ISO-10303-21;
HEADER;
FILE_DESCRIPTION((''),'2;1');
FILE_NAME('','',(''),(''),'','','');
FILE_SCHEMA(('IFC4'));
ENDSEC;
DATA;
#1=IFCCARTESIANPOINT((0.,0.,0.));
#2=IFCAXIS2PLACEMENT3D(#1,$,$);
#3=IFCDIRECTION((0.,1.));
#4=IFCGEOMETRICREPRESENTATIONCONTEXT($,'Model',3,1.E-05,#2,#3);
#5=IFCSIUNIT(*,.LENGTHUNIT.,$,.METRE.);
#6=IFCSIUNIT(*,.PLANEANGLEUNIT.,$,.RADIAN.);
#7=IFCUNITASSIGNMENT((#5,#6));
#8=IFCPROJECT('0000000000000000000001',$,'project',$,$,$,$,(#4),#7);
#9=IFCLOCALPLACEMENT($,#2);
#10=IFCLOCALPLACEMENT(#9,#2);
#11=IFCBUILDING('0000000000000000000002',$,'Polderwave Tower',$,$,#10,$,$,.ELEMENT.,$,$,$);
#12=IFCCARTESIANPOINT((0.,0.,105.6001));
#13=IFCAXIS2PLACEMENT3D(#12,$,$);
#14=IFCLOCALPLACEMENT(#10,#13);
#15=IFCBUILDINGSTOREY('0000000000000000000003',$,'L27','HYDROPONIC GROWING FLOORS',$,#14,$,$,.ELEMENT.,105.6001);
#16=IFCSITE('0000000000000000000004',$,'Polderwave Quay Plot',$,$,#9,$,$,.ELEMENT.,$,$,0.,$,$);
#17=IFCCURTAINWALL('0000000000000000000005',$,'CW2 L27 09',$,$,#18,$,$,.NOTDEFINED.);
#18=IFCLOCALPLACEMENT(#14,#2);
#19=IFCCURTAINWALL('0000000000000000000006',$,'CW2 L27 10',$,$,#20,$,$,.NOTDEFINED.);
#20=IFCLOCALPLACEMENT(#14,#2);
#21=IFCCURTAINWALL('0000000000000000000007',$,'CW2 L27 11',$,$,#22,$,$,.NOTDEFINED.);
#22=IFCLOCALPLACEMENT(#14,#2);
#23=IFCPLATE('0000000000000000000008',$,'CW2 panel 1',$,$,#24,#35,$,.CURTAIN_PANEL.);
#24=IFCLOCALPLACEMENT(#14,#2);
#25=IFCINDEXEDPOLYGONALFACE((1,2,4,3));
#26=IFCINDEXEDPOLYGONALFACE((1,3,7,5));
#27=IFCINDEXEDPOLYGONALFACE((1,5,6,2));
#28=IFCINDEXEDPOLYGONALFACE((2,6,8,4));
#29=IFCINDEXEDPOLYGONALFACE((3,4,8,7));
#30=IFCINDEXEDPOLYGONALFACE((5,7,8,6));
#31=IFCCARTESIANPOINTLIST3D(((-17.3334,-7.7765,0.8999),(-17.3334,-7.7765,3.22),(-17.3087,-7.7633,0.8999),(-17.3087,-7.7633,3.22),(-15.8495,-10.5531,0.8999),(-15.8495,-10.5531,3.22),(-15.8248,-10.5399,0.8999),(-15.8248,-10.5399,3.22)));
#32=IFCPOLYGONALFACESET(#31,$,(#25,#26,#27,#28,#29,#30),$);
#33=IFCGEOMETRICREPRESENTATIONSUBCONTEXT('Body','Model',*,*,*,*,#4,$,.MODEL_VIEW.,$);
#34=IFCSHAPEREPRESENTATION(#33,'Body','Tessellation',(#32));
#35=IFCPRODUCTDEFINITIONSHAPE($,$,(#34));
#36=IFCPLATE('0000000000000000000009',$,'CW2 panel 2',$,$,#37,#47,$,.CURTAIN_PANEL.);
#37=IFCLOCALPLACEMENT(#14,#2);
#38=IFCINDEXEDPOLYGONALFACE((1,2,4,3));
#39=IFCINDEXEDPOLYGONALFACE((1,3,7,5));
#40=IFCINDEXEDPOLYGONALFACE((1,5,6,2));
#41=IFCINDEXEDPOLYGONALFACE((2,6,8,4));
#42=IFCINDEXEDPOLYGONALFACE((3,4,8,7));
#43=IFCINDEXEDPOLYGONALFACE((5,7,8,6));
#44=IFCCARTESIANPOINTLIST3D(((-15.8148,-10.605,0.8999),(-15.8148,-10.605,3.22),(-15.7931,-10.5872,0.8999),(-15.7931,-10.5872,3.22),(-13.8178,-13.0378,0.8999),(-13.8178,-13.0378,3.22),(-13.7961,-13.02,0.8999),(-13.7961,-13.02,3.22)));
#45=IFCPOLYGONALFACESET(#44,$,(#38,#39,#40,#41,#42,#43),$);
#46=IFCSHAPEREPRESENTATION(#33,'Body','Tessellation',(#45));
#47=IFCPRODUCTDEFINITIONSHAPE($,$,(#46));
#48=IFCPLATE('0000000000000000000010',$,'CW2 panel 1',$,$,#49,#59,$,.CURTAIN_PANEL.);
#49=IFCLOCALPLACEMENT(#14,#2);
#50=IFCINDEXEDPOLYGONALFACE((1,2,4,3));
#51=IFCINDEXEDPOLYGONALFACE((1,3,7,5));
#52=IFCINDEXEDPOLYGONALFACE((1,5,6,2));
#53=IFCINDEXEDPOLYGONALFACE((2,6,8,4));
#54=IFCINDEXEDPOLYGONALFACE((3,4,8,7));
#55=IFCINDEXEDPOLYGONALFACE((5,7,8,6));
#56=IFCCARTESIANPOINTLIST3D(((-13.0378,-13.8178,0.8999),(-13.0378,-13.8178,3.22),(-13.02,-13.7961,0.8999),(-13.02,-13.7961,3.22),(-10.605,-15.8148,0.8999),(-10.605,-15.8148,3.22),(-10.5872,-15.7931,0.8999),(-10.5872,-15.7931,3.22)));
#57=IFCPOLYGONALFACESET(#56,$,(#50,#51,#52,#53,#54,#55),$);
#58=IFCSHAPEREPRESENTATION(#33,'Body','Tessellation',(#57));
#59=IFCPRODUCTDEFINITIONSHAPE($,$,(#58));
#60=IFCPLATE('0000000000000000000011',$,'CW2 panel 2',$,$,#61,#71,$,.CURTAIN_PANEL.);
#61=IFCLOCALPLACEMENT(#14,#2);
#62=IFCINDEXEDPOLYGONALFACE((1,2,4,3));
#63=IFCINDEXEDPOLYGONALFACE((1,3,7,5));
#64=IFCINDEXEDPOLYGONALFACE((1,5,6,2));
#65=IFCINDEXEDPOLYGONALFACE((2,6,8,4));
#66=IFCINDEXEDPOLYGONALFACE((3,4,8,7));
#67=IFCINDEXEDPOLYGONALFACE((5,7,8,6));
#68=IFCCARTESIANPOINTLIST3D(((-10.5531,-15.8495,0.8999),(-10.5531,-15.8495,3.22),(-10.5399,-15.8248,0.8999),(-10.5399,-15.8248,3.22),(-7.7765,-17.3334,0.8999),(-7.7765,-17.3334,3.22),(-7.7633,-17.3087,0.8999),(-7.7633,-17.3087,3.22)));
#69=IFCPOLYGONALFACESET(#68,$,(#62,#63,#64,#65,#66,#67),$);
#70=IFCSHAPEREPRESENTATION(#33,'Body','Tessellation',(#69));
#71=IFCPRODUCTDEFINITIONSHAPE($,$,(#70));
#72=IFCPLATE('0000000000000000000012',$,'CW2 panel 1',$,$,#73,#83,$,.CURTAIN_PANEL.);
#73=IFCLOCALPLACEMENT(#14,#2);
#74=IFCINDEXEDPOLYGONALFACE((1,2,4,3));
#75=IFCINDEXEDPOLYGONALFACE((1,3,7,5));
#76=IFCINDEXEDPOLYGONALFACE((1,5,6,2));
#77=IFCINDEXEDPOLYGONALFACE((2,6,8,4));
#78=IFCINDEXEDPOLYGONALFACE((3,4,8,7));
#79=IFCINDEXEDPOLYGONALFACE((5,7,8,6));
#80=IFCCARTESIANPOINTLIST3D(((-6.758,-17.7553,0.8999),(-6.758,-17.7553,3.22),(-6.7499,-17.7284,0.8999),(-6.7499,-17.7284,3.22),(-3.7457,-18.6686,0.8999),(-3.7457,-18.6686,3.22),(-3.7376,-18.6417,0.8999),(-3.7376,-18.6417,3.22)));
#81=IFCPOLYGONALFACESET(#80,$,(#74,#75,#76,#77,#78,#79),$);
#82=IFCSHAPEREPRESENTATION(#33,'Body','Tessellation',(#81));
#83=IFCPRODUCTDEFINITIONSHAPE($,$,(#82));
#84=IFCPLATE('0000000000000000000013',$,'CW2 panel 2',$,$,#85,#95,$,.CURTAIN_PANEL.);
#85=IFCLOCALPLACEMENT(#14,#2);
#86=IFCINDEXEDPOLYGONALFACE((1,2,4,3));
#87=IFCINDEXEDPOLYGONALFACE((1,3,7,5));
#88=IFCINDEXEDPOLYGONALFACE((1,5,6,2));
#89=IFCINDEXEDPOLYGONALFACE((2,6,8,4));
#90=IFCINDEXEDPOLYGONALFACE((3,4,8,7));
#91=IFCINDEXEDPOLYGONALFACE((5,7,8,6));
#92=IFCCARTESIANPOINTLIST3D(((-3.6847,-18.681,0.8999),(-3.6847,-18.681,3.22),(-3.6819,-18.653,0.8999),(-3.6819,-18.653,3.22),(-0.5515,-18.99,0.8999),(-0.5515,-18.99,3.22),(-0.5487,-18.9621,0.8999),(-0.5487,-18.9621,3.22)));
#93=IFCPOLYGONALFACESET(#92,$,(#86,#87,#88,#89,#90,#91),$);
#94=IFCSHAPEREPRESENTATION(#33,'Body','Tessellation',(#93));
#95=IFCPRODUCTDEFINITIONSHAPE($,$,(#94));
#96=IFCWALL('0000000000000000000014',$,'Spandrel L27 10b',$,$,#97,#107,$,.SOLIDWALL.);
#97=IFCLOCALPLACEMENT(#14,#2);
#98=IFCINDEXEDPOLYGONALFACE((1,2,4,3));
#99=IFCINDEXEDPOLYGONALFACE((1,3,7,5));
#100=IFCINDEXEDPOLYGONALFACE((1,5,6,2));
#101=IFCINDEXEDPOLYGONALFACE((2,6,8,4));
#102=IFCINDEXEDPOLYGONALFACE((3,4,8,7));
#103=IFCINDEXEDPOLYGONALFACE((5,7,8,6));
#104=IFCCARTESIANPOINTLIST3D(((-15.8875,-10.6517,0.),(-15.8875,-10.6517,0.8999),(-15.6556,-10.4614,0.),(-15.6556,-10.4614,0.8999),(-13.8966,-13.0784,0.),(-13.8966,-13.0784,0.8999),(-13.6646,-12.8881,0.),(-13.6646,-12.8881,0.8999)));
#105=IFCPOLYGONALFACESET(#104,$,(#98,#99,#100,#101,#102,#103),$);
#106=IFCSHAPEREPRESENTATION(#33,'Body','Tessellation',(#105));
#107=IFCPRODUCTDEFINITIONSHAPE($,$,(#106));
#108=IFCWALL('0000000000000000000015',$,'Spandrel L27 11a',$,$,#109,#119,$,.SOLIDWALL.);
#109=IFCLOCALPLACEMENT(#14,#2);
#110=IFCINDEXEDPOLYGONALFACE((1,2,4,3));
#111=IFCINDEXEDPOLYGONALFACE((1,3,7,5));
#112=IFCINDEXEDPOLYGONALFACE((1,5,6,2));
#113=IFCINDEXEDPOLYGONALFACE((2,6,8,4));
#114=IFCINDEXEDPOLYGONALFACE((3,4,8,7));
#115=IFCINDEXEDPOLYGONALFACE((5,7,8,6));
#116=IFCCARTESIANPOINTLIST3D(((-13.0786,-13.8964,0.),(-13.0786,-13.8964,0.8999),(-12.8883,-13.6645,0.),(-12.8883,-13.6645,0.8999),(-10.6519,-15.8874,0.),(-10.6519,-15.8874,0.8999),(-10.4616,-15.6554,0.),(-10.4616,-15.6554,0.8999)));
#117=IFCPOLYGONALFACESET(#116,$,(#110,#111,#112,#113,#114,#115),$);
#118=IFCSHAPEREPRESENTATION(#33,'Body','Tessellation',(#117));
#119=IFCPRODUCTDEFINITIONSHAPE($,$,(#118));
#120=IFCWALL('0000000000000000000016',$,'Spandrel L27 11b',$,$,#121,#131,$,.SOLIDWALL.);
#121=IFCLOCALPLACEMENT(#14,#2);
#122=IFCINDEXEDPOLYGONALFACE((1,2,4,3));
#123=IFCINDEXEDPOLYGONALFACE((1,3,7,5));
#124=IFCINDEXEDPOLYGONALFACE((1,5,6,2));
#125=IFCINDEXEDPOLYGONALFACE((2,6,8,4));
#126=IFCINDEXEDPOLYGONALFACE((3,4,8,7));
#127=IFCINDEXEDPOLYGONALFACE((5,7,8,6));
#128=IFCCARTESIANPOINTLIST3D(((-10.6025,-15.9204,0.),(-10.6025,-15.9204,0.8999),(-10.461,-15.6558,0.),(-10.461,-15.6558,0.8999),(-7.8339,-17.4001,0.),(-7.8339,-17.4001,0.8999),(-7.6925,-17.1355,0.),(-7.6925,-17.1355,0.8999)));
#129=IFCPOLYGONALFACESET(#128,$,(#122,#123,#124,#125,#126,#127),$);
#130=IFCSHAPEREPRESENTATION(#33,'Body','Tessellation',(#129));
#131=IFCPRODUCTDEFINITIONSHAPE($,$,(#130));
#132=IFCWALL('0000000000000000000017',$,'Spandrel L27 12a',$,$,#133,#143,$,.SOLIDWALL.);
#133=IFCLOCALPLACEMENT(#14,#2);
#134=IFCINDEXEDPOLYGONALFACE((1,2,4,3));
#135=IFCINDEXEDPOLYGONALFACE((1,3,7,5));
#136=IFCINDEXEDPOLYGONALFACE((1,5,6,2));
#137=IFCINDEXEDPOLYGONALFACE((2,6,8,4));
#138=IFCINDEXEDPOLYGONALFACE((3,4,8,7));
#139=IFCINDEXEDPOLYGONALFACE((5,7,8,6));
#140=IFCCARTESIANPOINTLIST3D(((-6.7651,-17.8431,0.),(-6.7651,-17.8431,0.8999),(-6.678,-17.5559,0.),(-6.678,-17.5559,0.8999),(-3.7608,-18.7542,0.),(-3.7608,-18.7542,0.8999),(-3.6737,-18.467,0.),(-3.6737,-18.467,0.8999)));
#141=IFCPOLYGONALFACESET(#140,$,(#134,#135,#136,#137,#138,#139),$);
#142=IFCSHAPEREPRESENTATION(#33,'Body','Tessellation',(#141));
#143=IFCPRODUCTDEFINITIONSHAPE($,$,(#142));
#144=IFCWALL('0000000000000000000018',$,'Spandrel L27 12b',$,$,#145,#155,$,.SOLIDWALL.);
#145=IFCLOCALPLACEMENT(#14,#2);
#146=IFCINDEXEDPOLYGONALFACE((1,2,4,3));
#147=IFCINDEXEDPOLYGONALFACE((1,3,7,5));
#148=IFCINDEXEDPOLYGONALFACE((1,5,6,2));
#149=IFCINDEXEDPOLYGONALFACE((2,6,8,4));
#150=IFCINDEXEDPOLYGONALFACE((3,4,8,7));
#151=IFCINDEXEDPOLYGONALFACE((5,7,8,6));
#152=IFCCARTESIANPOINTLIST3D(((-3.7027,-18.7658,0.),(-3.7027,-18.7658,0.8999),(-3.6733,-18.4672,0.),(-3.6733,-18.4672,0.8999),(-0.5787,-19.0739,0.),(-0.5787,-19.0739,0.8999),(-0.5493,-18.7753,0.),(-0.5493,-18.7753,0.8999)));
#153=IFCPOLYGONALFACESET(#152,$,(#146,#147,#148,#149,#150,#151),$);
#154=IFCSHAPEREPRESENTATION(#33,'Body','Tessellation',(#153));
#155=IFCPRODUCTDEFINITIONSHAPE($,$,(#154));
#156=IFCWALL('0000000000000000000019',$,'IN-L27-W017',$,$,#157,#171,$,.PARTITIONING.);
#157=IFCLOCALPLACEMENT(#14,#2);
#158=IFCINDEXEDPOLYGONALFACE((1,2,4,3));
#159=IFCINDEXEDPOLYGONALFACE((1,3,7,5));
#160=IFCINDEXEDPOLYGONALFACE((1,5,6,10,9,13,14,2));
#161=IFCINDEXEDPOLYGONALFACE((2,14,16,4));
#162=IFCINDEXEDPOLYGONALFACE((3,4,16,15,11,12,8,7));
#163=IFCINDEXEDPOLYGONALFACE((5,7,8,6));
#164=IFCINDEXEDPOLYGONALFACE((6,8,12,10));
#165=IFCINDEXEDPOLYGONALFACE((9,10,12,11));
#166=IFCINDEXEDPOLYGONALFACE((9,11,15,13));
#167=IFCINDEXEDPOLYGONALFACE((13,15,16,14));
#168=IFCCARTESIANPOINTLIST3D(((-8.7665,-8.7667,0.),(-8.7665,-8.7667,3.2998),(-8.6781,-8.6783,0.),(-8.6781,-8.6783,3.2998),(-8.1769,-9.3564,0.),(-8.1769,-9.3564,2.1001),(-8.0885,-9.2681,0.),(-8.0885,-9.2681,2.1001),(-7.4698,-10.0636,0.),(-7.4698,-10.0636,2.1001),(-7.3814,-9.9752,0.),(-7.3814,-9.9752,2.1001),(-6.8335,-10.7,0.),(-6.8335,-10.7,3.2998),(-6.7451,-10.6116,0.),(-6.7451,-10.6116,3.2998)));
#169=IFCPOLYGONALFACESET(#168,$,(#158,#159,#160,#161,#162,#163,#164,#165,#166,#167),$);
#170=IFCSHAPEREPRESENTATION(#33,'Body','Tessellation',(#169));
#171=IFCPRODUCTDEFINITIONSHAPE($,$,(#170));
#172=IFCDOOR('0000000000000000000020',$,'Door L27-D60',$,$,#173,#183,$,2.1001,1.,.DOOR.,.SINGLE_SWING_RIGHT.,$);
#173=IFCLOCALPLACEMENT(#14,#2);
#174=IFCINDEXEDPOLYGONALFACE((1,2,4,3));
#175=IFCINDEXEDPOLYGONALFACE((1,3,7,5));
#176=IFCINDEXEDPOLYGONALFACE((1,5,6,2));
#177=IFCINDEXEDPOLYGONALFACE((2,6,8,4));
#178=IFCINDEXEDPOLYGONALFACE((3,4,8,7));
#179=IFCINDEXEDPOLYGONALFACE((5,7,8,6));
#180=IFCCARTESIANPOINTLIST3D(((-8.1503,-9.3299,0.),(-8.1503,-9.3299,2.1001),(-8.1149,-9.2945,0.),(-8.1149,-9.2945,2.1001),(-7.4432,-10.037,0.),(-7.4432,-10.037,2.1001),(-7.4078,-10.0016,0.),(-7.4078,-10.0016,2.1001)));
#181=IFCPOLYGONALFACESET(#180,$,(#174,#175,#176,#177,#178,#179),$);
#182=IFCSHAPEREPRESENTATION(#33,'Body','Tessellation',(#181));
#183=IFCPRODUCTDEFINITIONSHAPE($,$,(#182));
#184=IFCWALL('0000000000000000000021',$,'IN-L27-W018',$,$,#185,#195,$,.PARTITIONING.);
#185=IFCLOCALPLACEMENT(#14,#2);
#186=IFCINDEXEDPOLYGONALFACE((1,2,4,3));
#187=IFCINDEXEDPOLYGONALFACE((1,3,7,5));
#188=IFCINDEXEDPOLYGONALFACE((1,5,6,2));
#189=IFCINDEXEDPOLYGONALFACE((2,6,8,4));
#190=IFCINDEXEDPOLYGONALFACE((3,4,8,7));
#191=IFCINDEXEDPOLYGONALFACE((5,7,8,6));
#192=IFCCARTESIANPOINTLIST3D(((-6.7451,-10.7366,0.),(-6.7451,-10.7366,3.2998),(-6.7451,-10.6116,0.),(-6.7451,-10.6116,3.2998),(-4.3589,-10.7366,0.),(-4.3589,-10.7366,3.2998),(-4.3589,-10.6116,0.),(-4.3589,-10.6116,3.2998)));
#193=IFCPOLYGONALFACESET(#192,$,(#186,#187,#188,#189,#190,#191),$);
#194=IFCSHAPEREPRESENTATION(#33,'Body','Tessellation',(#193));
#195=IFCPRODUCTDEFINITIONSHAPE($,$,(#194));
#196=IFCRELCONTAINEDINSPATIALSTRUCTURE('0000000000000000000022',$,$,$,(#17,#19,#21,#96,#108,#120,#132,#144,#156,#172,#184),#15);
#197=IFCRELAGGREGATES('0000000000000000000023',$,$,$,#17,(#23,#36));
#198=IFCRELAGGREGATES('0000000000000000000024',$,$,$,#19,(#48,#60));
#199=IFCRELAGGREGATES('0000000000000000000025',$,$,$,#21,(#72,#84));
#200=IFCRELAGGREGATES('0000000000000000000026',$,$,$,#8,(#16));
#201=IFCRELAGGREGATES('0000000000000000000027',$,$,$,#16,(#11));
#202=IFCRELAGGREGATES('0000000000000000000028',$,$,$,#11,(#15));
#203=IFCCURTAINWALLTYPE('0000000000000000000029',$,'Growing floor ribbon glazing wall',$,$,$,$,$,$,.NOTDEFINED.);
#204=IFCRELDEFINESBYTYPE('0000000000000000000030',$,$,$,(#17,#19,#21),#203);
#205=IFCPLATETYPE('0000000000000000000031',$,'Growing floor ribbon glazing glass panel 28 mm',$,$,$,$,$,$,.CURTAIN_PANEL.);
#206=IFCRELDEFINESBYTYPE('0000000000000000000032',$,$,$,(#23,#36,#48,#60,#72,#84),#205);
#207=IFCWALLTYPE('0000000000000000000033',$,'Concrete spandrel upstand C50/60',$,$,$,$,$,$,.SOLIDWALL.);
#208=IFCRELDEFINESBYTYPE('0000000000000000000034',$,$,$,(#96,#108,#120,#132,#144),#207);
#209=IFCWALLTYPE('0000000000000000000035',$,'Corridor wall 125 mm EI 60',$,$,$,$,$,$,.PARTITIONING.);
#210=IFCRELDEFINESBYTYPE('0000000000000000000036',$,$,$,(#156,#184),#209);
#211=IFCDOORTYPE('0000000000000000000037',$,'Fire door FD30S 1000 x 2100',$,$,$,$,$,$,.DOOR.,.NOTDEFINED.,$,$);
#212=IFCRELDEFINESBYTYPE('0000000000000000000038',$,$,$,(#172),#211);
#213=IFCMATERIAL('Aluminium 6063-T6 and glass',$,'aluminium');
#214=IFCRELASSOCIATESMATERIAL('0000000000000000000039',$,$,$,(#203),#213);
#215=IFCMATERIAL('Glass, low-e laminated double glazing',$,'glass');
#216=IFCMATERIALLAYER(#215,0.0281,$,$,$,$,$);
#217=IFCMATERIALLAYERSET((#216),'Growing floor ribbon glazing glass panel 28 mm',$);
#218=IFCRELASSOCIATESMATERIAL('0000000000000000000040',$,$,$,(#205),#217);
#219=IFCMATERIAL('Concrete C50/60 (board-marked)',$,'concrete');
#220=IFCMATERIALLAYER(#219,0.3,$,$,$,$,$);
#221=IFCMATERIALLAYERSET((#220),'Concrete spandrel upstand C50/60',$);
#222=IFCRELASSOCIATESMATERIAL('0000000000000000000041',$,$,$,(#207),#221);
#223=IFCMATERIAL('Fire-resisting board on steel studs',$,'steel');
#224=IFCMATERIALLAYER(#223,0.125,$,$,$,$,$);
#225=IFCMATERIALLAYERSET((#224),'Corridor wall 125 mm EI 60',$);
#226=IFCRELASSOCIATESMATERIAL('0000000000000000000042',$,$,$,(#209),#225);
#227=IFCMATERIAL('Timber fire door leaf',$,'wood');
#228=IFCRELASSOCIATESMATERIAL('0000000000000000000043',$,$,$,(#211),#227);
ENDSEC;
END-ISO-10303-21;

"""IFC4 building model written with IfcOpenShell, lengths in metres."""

from ifc_helpers import new_model, si_unit, direction, frame, frame_2d, origin, origin_2d, place, context, subcontext, project, spatial, rectangle, extrude, material, layer, layer_set, type_object, element, fill, aggregate, save


model = new_model("IFC4")

# Units and contexts
model_context = context("Model", 3, precision=1e-05, world=origin(), true_north=direction((0.0, 1.0)))
body_context = subcontext(model_context, "Body", "Model", "MODEL_VIEW")
ifc_project = project(units=[si_unit("LENGTHUNIT", "METRE"), si_unit("PLANEANGLEUNIT", "RADIAN")], contexts=[model_context])

# Site, building, storey
site_placement = place(None, origin())
site = spatial("IfcSite", under=ifc_project, at=site_placement, Name="Polderwave Quay Plot", CompositionType="ELEMENT", RefElevation=0.0)
building_placement = place(site_placement, origin())
building = spatial("IfcBuilding", under=site, at=building_placement, Name="Polderwave Tower", CompositionType="ELEMENT")
storey_placement = place(building_placement, frame((0.0, 0.0, 105.6001)))
storey = spatial("IfcBuildingStorey", under=building, at=storey_placement, Name="L27", Description="HYDROPONIC GROWING FLOORS", CompositionType="ELEMENT", Elevation=105.6001)

# Curtain walls
ifc_material_1 = material(Name="Aluminium 6063-T6 and glass", Category="aluminium")
curtain_wall_type = type_object("IfcCurtainWallType", Name="Growing floor ribbon glazing wall", PredefinedType="NOTDEFINED", material=ifc_material_1)
curtain_wall_1_placement = place(storey_placement, origin())
curtain_wall_1 = element("IfcCurtainWall", 1, at=curtain_wall_1_placement, inside=storey, type_object=curtain_wall_type, Name="CW2 L27 09", PredefinedType="NOTDEFINED")
curtain_wall_2_placement = place(storey_placement, origin())
curtain_wall_2 = element("IfcCurtainWall", 2, at=curtain_wall_2_placement, inside=storey, type_object=curtain_wall_type, Name="CW2 L27 10", PredefinedType="NOTDEFINED")
curtain_wall_3_placement = place(storey_placement, origin())
curtain_wall_3 = element("IfcCurtainWall", 3, at=curtain_wall_3_placement, inside=storey, type_object=curtain_wall_type, Name="CW2 L27 11", PredefinedType="NOTDEFINED")

# Plates
ifc_material_2 = material(Name="Glass, low-e laminated double glazing", Category="glass")
ifc_layer_1 = layer(ifc_material_2, 0.0281)
ifc_layer_set_1 = layer_set([ifc_layer_1], Name="Growing floor ribbon glazing glass panel 28 mm")
plate_type = type_object("IfcPlateType", Name="Growing floor ribbon glazing glass panel 28 mm", PredefinedType="CURTAIN_PANEL", material=ifc_layer_set_1)
plate_1_placement = place(storey_placement, frame((-16.5791, -9.1582, 0.8999), z_axis=(0.0, 0.0, 1.0), x_axis=(0.47134, -0.881952, 0.0)))
plate_1 = element("IfcPlate", 4, at=plate_1_placement, type_object=plate_type, Name="CW2 panel 1", PredefinedType="CURTAIN_PANEL", context=body_context, shape_type="SweptSolid", body=[
    extrude(rectangle(XDim=3.1482, YDim=0.0281, at=origin_2d()), origin(), (0.0, 0.0, 1.0), 2.3201),
])
plate_2_placement = place(storey_placement, frame((-14.8054, -11.8125, 0.8999), z_axis=(0.0, 0.0, 1.0), x_axis=(0.634472, -0.772946, 0.0)))
plate_2 = element("IfcPlate", 5, at=plate_2_placement, type_object=plate_type, Name="CW2 panel 2", PredefinedType="CURTAIN_PANEL", context=body_context, shape_type="SweptSolid", body=[
    extrude(rectangle(XDim=3.1475, YDim=0.0281, at=origin_2d()), origin(), (0.0, 0.0, 1.0), 2.3201),
])
aggregate(curtain_wall_1, [plate_1, plate_2])
plate_3_placement = place(storey_placement, frame((-11.8125, -14.8054, 0.8999), z_axis=(0.0, 0.0, 1.0), x_axis=(0.772946, -0.634472, 0.0)))
plate_3 = element("IfcPlate", 6, at=plate_3_placement, type_object=plate_type, Name="CW2 panel 1", PredefinedType="CURTAIN_PANEL", context=body_context, shape_type="SweptSolid", body=[
    extrude(rectangle(XDim=3.1475, YDim=0.0281, at=origin_2d()), origin(), (0.0, 0.0, 1.0), 2.3201),
])
plate_4_placement = place(storey_placement, frame((-9.1582, -16.5791, 0.8999), z_axis=(0.0, 0.0, 1.0), x_axis=(0.881952, -0.47134, 0.0)))
plate_4 = element("IfcPlate", 7, at=plate_4_placement, type_object=plate_type, Name="CW2 panel 2", PredefinedType="CURTAIN_PANEL", context=body_context, shape_type="SweptSolid", body=[
    extrude(rectangle(XDim=3.1482, YDim=0.0281, at=origin_2d()), origin(), (0.0, 0.0, 1.0), 2.3201),
])
aggregate(curtain_wall_2, [plate_3, plate_4])
plate_5_placement = place(storey_placement, frame((-5.2478, -18.1985, 0.8999), z_axis=(0.0, 0.0, 1.0), x_axis=(0.956982, -0.290148, 0.0)))
plate_5 = element("IfcPlate", 8, at=plate_5_placement, type_object=plate_type, Name="CW2 panel 1", PredefinedType="CURTAIN_PANEL", context=body_context, shape_type="SweptSolid", body=[
    extrude(rectangle(XDim=3.1477, YDim=0.0281, at=origin_2d()), origin(), (0.0, 0.0, 1.0), 2.3201),
])
plate_6_placement = place(storey_placement, frame((-2.1167, -18.8215, 0.8999), z_axis=(0.0, 0.0, 1.0), x_axis=(0.99517, -0.098165, 0.0)))
plate_6 = element("IfcPlate", 9, at=plate_6_placement, type_object=plate_type, Name="CW2 panel 2", PredefinedType="CURTAIN_PANEL", context=body_context, shape_type="SweptSolid", body=[
    extrude(rectangle(XDim=3.1484, YDim=0.0281, at=origin_2d()), origin(), (0.0, 0.0, 1.0), 2.3201),
])
aggregate(curtain_wall_3, [plate_5, plate_6])

# Walls
ifc_material_3 = material(Name="Concrete C50/60 (board-marked)", Category="concrete")
ifc_layer_2 = layer(ifc_material_3, 0.3)
ifc_layer_set_2 = layer_set([ifc_layer_2], Name="Concrete spandrel upstand C50/60")
wall_type_1 = type_object("IfcWallType", Name="Concrete spandrel upstand C50/60", PredefinedType="SOLIDWALL", material=ifc_layer_set_2)
for number, where, z_axis, x_axis, name in (
    (10, (-15.7715, -10.5566, 0.0), (0.0, 0.0, 1.0), (0.634275, -0.773108, 0.0), "Spandrel L27 10b"),
    (11, (-12.9834, -13.7805, 0.0), (0.0, 0.0, 1.0), (0.773108, -0.634275, 0.0), "Spandrel L27 11a"),
):
    element("IfcWall", number, at=place(storey_placement, frame(where, z_axis=z_axis, x_axis=x_axis)), inside=storey, type_object=wall_type_1, Name=name, PredefinedType="SOLIDWALL", context=body_context, shape_type="SweptSolid", body=[
        extrude(rectangle(XDim=3.1389, YDim=0.3, at=frame_2d((1.5693, 0.0))), origin(), (0.0, 0.0, 1.0), 0.8999),
    ])
wall_1_placement = place(storey_placement, frame((-10.5317, -15.7881, 0.0), z_axis=(0.0, 0.0, 1.0), x_axis=(0.881933, -0.471375, 0.0)))
element("IfcWall", 12, at=wall_1_placement, inside=storey, type_object=wall_type_1, Name="Spandrel L27 11b", PredefinedType="SOLIDWALL", context=body_context, shape_type="SweptSolid", body=[
    extrude(rectangle(XDim=3.1392, YDim=0.3, at=frame_2d((1.5696, 0.0))), origin(), (0.0, 0.0, 1.0), 0.8999),
])
wall_2_placement = place(storey_placement, frame((-6.7217, -17.6995, 0.0), z_axis=(0.0, 0.0, 1.0), x_axis=(0.956962, -0.290215, 0.0)))
element("IfcWall", 13, at=wall_2_placement, inside=storey, type_object=wall_type_1, Name="Spandrel L27 12a", PredefinedType="SOLIDWALL", context=body_context, shape_type="SweptSolid", body=[
    extrude(rectangle(XDim=3.1394, YDim=0.3, at=frame_2d((1.5698, 0.0))), origin(), (0.0, 0.0, 1.0), 0.8999),
])
wall_3_placement = place(storey_placement, frame((-3.688, -18.6165, 0.0), z_axis=(0.0, 0.0, 1.0), x_axis=(0.995172, -0.098148, 0.0)))
element("IfcWall", 14, at=wall_3_placement, inside=storey, type_object=wall_type_1, Name="Spandrel L27 12b", PredefinedType="SOLIDWALL", context=body_context, shape_type="SweptSolid", body=[
    extrude(rectangle(XDim=3.1392, YDim=0.3, at=frame_2d((1.5696, 0.0))), origin(), (0.0, 0.0, 1.0), 0.8999),
])

# Wall, opening, door
ifc_material_4 = material(Name="Fire-resisting board on steel studs", Category="steel")
ifc_layer_3 = layer(ifc_material_4, 0.125)
ifc_layer_set_3 = layer_set([ifc_layer_3], Name="Corridor wall 125 mm EI 60")
wall_type_2 = type_object("IfcWallType", Name="Corridor wall 125 mm EI 60", PredefinedType="PARTITIONING", material=ifc_layer_set_3)
wall_4_placement = place(storey_placement, frame((-6.7893, -10.6558, 0.0), z_axis=(0.0, 0.0, 1.0), x_axis=(-0.707062, 0.707151, 0.0)))
wall_4 = element("IfcWall", 15, at=wall_4_placement, inside=storey, type_object=wall_type_2, Name="IN-L27-W017", PredefinedType="PARTITIONING", context=body_context, shape_type="SweptSolid", body=[
    extrude(rectangle(XDim=2.7339, YDim=0.125, at=frame_2d((1.3669, 0.0))), origin(), (0.0, 0.0, 1.0), 3.2998),
])
opening_1_placement = place(wall_4_placement, frame((0.8999, 0.0, 0.0)))
opening_1 = element("IfcOpeningElement", 16, at=opening_1_placement, cuts=wall_4, PredefinedType="OPENING", context=body_context, shape_type="SweptSolid", body=[
    extrude(rectangle(XDim=1.0, YDim=2.1001, at=frame_2d((0.5, 1.05))), frame((0.0, 0.0725, 0.0), z_axis=(0.0, -1.0, 0.0), x_axis=(1.0, 0.0, 0.0)), (0.0, 0.0, 1.0), 0.145),
])
ifc_material_5 = material(Name="Timber fire door leaf", Category="wood")
door_type = type_object("IfcDoorType", Name="Fire door FD30S 1000 x 2100", OperationType="NOTDEFINED", PredefinedType="DOOR", material=ifc_material_5)
door_1_placement = place(opening_1_placement, origin())
door_1 = element("IfcDoor", 17, at=door_1_placement, inside=storey, type_object=door_type, Name="Door L27-D60", OperationType="SINGLE_SWING_RIGHT", OverallHeight=2.1001, OverallWidth=1.0, PredefinedType="DOOR", context=body_context, shape_type="SweptSolid", body=[
    extrude(rectangle(XDim=1.0, YDim=2.1001, at=frame_2d((0.5, 1.05))), frame((0.0, 0.0249, 0.0), z_axis=(0.0, -1.0, 0.0), x_axis=(1.0, 0.0, 0.0)), (0.0, 0.0, 1.0), 0.05),
])
fill(opening_1, door_1)

# Wall
wall_5_placement = place(storey_placement, frame((-4.3589, -10.6741, 0.0), z_axis=(0.0, 0.0, 1.0), x_axis=(-1.0, 0.0, 0.0)))
element("IfcWall", 18, at=wall_5_placement, inside=storey, type_object=wall_type_2, Name="IN-L27-W018", PredefinedType="PARTITIONING", context=body_context, shape_type="SweptSolid", body=[
    extrude(rectangle(XDim=2.3862, YDim=0.125, at=frame_2d((1.1931, 0.0))), origin(), (0.0, 0.0, 1.0), 3.2998),
])

save(model, "model.ifc")
